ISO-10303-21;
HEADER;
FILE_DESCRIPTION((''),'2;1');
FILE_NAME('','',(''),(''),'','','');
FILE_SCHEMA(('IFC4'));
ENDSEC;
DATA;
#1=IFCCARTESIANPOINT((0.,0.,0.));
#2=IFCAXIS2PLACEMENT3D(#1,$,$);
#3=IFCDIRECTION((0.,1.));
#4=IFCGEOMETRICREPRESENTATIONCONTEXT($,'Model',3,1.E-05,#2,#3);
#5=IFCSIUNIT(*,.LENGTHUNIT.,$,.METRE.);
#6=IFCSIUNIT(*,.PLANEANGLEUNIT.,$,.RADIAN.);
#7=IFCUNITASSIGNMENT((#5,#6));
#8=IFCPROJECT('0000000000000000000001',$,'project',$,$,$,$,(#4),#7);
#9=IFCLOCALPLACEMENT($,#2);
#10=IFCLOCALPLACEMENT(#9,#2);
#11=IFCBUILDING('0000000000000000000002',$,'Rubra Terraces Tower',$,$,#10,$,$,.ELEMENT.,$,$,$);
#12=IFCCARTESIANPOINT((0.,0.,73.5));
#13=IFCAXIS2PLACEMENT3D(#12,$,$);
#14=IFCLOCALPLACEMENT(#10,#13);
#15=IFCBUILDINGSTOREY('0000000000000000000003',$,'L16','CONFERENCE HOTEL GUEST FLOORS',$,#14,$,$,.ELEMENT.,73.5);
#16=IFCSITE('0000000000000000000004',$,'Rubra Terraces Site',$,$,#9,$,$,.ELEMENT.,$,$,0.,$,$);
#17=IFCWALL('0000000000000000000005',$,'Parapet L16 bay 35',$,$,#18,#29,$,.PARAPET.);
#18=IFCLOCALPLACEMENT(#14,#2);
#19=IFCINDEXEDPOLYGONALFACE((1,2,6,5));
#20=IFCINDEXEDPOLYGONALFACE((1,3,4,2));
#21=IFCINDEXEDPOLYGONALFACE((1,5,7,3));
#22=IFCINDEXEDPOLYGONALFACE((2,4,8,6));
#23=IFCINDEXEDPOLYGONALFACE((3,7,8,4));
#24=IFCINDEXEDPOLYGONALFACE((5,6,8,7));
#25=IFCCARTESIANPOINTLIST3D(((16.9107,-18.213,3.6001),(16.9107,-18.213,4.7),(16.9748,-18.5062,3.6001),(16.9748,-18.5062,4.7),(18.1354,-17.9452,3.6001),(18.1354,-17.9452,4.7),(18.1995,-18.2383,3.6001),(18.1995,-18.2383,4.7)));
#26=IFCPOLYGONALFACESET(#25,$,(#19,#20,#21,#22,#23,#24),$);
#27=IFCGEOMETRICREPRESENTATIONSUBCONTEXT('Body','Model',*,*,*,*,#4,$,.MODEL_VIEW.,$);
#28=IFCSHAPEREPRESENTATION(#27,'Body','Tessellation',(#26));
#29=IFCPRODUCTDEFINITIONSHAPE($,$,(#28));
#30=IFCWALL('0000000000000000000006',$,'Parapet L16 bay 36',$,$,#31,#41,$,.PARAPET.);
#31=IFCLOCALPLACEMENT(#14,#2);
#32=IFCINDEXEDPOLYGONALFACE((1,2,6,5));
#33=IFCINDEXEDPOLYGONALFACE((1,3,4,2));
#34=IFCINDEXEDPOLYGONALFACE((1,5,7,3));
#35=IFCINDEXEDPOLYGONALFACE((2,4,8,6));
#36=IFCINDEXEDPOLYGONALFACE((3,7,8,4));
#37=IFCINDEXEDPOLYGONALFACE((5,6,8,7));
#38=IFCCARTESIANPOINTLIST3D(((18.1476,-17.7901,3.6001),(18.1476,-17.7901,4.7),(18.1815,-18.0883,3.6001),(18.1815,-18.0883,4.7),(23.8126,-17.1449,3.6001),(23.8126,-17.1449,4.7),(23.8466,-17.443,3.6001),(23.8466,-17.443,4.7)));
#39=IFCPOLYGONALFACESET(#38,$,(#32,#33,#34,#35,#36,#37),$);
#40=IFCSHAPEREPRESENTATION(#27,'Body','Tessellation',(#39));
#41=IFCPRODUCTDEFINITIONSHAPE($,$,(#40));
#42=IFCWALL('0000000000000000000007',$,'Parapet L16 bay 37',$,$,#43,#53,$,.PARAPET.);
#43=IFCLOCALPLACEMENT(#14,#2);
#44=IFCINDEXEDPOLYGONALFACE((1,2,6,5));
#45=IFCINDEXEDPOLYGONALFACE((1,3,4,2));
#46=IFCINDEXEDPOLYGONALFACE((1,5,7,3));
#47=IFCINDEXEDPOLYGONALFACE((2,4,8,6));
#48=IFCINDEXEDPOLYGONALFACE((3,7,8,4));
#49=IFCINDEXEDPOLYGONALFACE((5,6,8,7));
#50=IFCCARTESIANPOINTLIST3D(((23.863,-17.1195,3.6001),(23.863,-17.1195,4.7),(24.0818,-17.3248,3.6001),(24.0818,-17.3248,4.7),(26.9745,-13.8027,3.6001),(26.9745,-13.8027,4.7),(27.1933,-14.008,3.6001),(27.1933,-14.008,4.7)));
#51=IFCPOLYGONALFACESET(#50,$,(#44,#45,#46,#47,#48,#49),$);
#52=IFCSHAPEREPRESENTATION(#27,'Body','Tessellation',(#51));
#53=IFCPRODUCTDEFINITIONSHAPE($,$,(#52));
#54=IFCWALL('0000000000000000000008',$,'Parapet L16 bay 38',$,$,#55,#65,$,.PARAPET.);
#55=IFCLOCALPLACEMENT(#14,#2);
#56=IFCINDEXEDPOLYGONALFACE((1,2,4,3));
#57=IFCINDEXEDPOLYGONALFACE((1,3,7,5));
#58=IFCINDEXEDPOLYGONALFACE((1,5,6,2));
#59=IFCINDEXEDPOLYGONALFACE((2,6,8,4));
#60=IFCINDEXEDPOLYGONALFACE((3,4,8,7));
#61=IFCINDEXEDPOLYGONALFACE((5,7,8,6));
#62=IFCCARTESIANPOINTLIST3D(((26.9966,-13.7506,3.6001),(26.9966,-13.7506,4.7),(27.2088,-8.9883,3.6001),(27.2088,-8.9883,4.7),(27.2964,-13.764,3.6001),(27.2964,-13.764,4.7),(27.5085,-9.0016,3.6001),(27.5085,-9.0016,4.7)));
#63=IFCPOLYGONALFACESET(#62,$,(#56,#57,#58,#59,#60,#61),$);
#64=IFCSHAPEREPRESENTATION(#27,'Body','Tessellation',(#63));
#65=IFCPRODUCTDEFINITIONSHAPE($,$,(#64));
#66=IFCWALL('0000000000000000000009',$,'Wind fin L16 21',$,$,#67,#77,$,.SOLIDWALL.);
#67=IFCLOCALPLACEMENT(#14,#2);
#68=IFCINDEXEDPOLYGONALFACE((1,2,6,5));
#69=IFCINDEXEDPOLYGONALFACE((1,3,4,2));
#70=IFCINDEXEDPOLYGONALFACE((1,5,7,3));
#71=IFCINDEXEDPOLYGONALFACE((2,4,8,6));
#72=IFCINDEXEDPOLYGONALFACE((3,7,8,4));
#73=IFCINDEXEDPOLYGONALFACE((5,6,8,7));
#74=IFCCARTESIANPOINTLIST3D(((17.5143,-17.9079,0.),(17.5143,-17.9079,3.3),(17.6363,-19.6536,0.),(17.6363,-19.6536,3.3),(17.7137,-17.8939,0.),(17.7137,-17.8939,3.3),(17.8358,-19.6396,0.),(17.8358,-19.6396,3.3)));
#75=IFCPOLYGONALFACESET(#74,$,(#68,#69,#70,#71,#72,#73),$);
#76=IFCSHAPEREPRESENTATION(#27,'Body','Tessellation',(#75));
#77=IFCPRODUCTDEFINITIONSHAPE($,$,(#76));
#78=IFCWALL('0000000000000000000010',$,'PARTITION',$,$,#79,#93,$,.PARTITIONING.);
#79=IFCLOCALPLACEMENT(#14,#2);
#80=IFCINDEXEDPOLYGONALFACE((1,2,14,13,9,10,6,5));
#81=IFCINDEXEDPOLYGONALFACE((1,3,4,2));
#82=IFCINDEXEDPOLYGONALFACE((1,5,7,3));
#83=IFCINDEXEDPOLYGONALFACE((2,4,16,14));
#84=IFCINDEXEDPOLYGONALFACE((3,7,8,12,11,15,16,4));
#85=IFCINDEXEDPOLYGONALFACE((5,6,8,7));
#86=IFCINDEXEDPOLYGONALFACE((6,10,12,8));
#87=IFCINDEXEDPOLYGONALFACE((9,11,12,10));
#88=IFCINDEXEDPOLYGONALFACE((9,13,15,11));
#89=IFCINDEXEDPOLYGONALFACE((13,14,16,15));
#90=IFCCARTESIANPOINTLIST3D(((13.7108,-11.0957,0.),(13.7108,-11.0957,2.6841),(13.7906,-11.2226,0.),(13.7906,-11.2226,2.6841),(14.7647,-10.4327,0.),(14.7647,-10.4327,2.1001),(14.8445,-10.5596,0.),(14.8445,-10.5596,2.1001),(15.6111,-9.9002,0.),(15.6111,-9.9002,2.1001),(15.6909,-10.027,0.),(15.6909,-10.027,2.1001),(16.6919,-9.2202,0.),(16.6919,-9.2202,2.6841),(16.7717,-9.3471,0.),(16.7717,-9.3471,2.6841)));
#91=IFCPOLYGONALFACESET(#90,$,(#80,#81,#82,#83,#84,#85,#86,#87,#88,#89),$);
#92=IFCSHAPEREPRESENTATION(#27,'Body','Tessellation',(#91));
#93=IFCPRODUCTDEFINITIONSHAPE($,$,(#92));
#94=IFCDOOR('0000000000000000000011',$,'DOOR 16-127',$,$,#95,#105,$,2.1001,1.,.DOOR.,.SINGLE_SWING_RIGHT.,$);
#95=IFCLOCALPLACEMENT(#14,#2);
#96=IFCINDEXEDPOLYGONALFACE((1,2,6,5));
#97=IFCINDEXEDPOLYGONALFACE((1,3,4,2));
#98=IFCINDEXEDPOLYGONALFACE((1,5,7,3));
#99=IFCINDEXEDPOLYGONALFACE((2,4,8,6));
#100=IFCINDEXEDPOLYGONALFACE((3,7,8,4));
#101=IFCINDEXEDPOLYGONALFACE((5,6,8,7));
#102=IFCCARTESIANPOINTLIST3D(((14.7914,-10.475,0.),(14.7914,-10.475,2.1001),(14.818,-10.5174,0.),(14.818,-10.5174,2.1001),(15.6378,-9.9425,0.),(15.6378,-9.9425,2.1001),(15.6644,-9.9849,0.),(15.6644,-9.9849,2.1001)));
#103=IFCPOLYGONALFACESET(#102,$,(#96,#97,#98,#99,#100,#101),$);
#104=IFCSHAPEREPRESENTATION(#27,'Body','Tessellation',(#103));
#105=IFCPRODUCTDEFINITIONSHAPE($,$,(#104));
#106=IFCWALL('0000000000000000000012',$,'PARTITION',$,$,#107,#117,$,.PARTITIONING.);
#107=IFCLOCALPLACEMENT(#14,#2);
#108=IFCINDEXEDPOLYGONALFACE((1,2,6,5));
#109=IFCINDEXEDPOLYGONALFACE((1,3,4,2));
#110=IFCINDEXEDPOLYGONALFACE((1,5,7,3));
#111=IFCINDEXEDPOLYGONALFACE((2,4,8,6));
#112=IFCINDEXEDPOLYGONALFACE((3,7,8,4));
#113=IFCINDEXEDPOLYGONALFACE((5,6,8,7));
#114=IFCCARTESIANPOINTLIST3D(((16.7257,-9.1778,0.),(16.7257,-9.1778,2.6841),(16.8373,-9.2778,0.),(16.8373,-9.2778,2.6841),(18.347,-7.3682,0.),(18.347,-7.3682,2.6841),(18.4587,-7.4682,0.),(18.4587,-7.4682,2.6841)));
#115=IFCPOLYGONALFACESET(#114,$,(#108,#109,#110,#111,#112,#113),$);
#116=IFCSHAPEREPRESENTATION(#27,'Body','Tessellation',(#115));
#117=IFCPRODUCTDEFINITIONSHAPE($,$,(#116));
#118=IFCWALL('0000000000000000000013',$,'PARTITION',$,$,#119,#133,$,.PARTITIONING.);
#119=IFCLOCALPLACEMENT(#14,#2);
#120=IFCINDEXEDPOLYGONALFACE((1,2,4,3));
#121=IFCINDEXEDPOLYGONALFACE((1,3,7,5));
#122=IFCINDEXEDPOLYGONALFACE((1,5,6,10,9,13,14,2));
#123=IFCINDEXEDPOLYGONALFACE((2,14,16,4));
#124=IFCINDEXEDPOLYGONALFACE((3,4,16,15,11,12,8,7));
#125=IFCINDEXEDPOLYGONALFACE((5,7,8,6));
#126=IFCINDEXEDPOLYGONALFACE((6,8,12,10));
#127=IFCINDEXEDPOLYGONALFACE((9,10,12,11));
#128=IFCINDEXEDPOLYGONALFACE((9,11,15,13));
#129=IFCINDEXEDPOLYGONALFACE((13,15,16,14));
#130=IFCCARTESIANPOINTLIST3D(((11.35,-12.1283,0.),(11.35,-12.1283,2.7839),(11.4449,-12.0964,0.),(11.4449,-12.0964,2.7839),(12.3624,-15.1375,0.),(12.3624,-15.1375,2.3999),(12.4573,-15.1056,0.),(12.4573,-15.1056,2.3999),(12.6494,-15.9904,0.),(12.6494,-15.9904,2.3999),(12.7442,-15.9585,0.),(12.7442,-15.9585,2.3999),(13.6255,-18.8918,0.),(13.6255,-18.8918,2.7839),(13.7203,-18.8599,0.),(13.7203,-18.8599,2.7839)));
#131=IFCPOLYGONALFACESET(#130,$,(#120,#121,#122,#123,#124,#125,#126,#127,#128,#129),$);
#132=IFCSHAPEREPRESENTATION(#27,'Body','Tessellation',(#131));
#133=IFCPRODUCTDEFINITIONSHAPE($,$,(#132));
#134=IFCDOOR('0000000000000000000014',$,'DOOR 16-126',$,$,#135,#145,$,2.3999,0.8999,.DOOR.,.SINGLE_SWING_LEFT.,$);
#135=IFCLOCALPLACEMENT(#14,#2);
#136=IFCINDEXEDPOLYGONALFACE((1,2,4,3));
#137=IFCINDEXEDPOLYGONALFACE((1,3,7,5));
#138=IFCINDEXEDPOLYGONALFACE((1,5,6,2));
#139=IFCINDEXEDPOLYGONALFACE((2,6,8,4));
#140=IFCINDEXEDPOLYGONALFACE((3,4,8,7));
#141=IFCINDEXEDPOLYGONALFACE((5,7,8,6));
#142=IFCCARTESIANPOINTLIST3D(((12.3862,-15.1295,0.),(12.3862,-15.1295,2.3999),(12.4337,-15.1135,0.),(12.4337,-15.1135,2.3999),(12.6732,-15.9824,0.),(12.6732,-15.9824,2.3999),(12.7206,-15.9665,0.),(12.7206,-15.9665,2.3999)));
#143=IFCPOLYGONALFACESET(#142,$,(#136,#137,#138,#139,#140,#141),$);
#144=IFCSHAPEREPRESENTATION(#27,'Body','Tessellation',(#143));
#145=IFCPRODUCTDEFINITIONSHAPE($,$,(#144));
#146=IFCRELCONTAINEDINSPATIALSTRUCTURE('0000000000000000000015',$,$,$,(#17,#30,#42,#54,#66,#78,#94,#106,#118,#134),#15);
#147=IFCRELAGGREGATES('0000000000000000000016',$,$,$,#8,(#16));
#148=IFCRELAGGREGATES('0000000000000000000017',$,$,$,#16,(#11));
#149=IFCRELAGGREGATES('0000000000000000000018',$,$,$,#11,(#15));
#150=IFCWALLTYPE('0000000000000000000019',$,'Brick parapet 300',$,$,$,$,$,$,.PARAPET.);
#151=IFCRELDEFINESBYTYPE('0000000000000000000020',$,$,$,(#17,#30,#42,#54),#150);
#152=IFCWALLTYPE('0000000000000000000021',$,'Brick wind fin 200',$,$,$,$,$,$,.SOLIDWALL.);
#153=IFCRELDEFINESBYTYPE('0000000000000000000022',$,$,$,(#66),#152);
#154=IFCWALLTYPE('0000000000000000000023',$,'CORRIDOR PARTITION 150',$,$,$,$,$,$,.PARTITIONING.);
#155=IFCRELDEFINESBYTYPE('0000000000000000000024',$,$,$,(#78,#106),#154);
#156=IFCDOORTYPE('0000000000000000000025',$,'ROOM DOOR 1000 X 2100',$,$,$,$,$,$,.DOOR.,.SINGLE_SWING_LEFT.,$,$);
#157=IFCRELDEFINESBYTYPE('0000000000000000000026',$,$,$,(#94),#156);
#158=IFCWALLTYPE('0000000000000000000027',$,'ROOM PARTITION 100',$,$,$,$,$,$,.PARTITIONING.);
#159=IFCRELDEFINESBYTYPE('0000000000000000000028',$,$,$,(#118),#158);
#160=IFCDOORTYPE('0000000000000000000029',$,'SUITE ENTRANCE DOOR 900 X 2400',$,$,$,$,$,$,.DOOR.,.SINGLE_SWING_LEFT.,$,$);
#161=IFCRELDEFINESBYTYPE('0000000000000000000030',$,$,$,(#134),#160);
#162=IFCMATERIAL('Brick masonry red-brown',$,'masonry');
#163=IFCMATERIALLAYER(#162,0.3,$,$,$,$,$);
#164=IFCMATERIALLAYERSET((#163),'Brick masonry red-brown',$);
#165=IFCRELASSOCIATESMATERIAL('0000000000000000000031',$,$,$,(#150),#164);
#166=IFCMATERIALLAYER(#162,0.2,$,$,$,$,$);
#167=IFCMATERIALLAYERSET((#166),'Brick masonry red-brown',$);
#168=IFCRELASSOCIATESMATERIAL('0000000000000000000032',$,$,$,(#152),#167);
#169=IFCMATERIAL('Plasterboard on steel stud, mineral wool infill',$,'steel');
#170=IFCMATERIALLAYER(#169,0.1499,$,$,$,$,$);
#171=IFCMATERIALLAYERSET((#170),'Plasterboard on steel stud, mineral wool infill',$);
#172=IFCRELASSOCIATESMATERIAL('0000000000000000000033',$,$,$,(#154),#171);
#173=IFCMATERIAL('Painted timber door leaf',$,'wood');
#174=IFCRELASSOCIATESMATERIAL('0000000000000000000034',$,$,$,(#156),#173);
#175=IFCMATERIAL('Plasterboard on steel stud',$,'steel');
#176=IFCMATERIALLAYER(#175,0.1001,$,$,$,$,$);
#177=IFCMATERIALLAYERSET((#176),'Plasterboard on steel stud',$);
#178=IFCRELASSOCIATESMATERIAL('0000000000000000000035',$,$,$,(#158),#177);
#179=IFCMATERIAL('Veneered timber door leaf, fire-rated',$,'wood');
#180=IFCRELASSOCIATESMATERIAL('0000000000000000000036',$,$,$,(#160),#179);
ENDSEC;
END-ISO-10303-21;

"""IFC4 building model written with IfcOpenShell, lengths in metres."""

from ifc_helpers import new_model, si_unit, direction, frame, frame_2d, origin, place, context, subcontext, project, spatial, rectangle, extrude, material, layer, layer_set, type_object, element, fill, save


model = new_model("IFC4")

# Units and contexts
model_context = context("Model", 3, precision=1e-05, world=origin(), true_north=direction((0.0, 1.0)))
body_context = subcontext(model_context, "Body", "Model", "MODEL_VIEW")
ifc_project = project(units=[si_unit("LENGTHUNIT", "METRE"), si_unit("PLANEANGLEUNIT", "RADIAN")], contexts=[model_context])

# Site, building, storey
site_placement = place(None, origin())
site = spatial("IfcSite", under=ifc_project, at=site_placement, Name="Rubra Terraces Site", CompositionType="ELEMENT", RefElevation=0.0)
building_placement = place(site_placement, origin())
building = spatial("IfcBuilding", under=site, at=building_placement, Name="Rubra Terraces Tower", CompositionType="ELEMENT")
storey_placement = place(building_placement, frame((0.0, 0.0, 73.5)))
storey = spatial("IfcBuildingStorey", under=building, at=storey_placement, Name="L16", Description="CONFERENCE HOTEL GUEST FLOORS", CompositionType="ELEMENT", Elevation=73.5)

# Shared definitions
ifc_material_1 = material(Name="Brick masonry red-brown", Category="masonry")

# Walls
ifc_layer_1 = layer(ifc_material_1, 0.3)
ifc_layer_set_1 = layer_set([ifc_layer_1], Name="Brick masonry red-brown")
wall_type_1 = type_object("IfcWallType", Name="Brick parapet 300", PredefinedType="PARAPET", material=ifc_layer_set_1)
wall_1_placement = place(storey_placement, frame((16.9426, -18.3596, 3.6001), z_axis=(0.0, 0.0, 1.0), x_axis=(0.97691, 0.21365, 0.0)))
element("IfcWall", 1, at=wall_1_placement, inside=storey, type_object=wall_type_1, Name="Parapet L16 bay 35", PredefinedType="PARAPET", context=body_context, shape_type="SweptSolid", body=[
    extrude(rectangle(XDim=1.2537, YDim=0.3, at=frame_2d((0.627, 0.0))), origin(), (0.0, 0.0, 1.0), 1.0999),
])
wall_2_placement = place(storey_placement, frame((18.1646, -17.9392, 3.6001), z_axis=(0.0, 0.0, 1.0), x_axis=(0.993576, 0.113171, 0.0)))
element("IfcWall", 2, at=wall_2_placement, inside=storey, type_object=wall_type_1, Name="Parapet L16 bay 36", PredefinedType="PARAPET", context=body_context, shape_type="SweptSolid", body=[
    extrude(rectangle(XDim=5.7017, YDim=0.3, at=frame_2d((2.8508, 0.0))), origin(), (0.0, 0.0, 1.0), 1.0999),
])
wall_3_placement = place(storey_placement, frame((23.9724, -17.2222, 3.6001), z_axis=(0.0, 0.0, 1.0), x_axis=(0.684173, 0.72932, 0.0)))
element("IfcWall", 3, at=wall_3_placement, inside=storey, type_object=wall_type_1, Name="Parapet L16 bay 37", PredefinedType="PARAPET", context=body_context, shape_type="SweptSolid", body=[
    extrude(rectangle(XDim=4.5479, YDim=0.3, at=frame_2d((2.2739, 0.0))), origin(), (0.0, 0.0, 1.0), 1.0999),
])
wall_4_placement = place(storey_placement, frame((27.1465, -13.7573, 3.6001), z_axis=(0.0, 0.0, 1.0), x_axis=(0.044504, 0.999009, 0.0)))
element("IfcWall", 4, at=wall_4_placement, inside=storey, type_object=wall_type_1, Name="Parapet L16 bay 38", PredefinedType="PARAPET", context=body_context, shape_type="SweptSolid", body=[
    extrude(rectangle(XDim=4.7671, YDim=0.3, at=frame_2d((2.3835, 0.0))), origin(), (0.0, 0.0, 1.0), 1.0999),
])
ifc_layer_2 = layer(ifc_material_1, 0.2)
ifc_layer_set_2 = layer_set([ifc_layer_2], Name="Brick masonry red-brown")
wall_type_2 = type_object("IfcWallType", Name="Brick wind fin 200", PredefinedType="SOLIDWALL", material=ifc_layer_set_2)
wall_5_placement = place(storey_placement, frame((17.614, -17.9009, 0.0), z_axis=(0.0, 0.0, 1.0), x_axis=(0.06975, -0.997565, 0.0)))
element("IfcWall", 5, at=wall_5_placement, inside=storey, type_object=wall_type_2, Name="Wind fin L16 21", PredefinedType="SOLIDWALL", context=body_context, shape_type="SweptSolid", body=[
    extrude(rectangle(XDim=1.75, YDim=0.2, at=frame_2d((0.875, 0.0))), origin(), (0.0, 0.0, 1.0), 3.3),
])

# Wall, opening, door
ifc_material_2 = material(Name="Plasterboard on steel stud, mineral wool infill", Category="steel")
ifc_layer_3 = layer(ifc_material_2, 0.1499)
ifc_layer_set_3 = layer_set([ifc_layer_3], Name="Plasterboard on steel stud, mineral wool infill")
wall_type_3 = type_object("IfcWallType", Name="CORRIDOR PARTITION 150", PredefinedType="PARTITIONING", material=ifc_layer_set_3)
wall_6_placement = place(storey_placement, frame((13.7507, -11.1592, 0.0), z_axis=(0.0, 0.0, 1.0), x_axis=(0.846413, 0.532526, 0.0)))
wall_6 = element("IfcWall", 6, at=wall_6_placement, inside=storey, type_object=wall_type_3, Name="PARTITION", PredefinedType="PARTITIONING", context=body_context, shape_type="SweptSolid", body=[
    extrude(rectangle(XDim=3.522, YDim=0.1499, at=frame_2d((1.761, 0.0))), origin(), (0.0, 0.0, 1.0), 2.6841),
])
opening_1_placement = place(wall_6_placement, frame((1.2451, 0.0, 0.0)))
opening_1 = element("IfcOpeningElement", 7, at=opening_1_placement, cuts=wall_6, PredefinedType="OPENING", context=body_context, shape_type="SweptSolid", body=[
    extrude(rectangle(XDim=1.0, YDim=2.1001, at=frame_2d((0.5, 1.05))), frame((0.0, 0.085, 0.0), z_axis=(0.0, -1.0, 0.0), x_axis=(1.0, 0.0, 0.0)), (0.0, 0.0, 1.0), 0.1699),
])
ifc_material_3 = material(Name="Painted timber door leaf", Category="wood")
door_type_1 = type_object("IfcDoorType", Name="ROOM DOOR 1000 X 2100", OperationType="SINGLE_SWING_LEFT", PredefinedType="DOOR", material=ifc_material_3)
door_1_placement = place(opening_1_placement, origin())
door_1 = element("IfcDoor", 8, at=door_1_placement, inside=storey, type_object=door_type_1, Name="DOOR 16-127", OperationType="SINGLE_SWING_RIGHT", OverallHeight=2.1001, OverallWidth=1.0, PredefinedType="DOOR", context=body_context, shape_type="SweptSolid", body=[
    extrude(rectangle(XDim=1.0, YDim=2.1001, at=frame_2d((0.5, 1.05))), frame((0.0, 0.0249, 0.0), z_axis=(0.0, -1.0, 0.0), x_axis=(1.0, 0.0, 0.0)), (0.0, 0.0, 1.0), 0.05),
])
fill(opening_1, door_1)

# Wall
wall_7_placement = place(storey_placement, frame((16.7815, -9.2278, 0.0), z_axis=(0.0, 0.0, 1.0), x_axis=(0.667309, 0.744781, 0.0)))
element("IfcWall", 9, at=wall_7_placement, inside=storey, type_object=wall_type_3, Name="PARTITION", PredefinedType="PARTITIONING", context=body_context, shape_type="SweptSolid", body=[
    extrude(rectangle(XDim=2.4297, YDim=0.1499, at=frame_2d((1.2148, 0.0))), origin(), (0.0, 0.0, 1.0), 2.6841),
])

# Wall, opening, door
ifc_material_4 = material(Name="Plasterboard on steel stud", Category="steel")
ifc_layer_4 = layer(ifc_material_4, 0.1001)
ifc_layer_set_4 = layer_set([ifc_layer_4], Name="Plasterboard on steel stud")
wall_type_4 = type_object("IfcWallType", Name="ROOM PARTITION 100", PredefinedType="PARTITIONING", material=ifc_layer_set_4)
wall_8_placement = place(storey_placement, frame((13.6729, -18.8757, 0.0), z_axis=(0.0, 0.0, 1.0), x_axis=(-0.318864, 0.9478, 0.0)))
wall_8 = element("IfcWall", 10, at=wall_8_placement, inside=storey, type_object=wall_type_4, Name="PARTITION", PredefinedType="PARTITIONING", context=body_context, shape_type="SweptSolid", body=[
    extrude(rectangle(XDim=7.136, YDim=0.1001, at=frame_2d((3.5679, 0.0))), origin(), (0.0, 0.0, 1.0), 2.7839),
])
opening_2_placement = place(wall_8_placement, frame((3.061, 0.0, 0.0)))
opening_2 = element("IfcOpeningElement", 11, at=opening_2_placement, cuts=wall_8, PredefinedType="OPENING", context=body_context, shape_type="SweptSolid", body=[
    extrude(rectangle(XDim=0.8999, YDim=2.3999, at=frame_2d((0.45, 1.2))), frame((0.0, 0.0601, 0.0), z_axis=(0.0, -1.0, 0.0), x_axis=(1.0, 0.0, 0.0)), (0.0, 0.0, 1.0), 0.1201),
])
ifc_material_5 = material(Name="Veneered timber door leaf, fire-rated", Category="wood")
door_type_2 = type_object("IfcDoorType", Name="SUITE ENTRANCE DOOR 900 X 2400", OperationType="SINGLE_SWING_LEFT", PredefinedType="DOOR", material=ifc_material_5)
door_2_placement = place(opening_2_placement, origin())
door_2 = element("IfcDoor", 12, at=door_2_placement, inside=storey, type_object=door_type_2, Name="DOOR 16-126", OperationType="SINGLE_SWING_LEFT", OverallHeight=2.3999, OverallWidth=0.8999, PredefinedType="DOOR", context=body_context, shape_type="SweptSolid", body=[
    extrude(rectangle(XDim=0.8999, YDim=2.3999, at=frame_2d((0.45, 1.2))), frame((0.0, 0.0249, 0.0), z_axis=(0.0, -1.0, 0.0), x_axis=(1.0, 0.0, 0.0)), (0.0, 0.0, 1.0), 0.05),
])
fill(opening_2, door_2)

save(model, "model.ifc")
